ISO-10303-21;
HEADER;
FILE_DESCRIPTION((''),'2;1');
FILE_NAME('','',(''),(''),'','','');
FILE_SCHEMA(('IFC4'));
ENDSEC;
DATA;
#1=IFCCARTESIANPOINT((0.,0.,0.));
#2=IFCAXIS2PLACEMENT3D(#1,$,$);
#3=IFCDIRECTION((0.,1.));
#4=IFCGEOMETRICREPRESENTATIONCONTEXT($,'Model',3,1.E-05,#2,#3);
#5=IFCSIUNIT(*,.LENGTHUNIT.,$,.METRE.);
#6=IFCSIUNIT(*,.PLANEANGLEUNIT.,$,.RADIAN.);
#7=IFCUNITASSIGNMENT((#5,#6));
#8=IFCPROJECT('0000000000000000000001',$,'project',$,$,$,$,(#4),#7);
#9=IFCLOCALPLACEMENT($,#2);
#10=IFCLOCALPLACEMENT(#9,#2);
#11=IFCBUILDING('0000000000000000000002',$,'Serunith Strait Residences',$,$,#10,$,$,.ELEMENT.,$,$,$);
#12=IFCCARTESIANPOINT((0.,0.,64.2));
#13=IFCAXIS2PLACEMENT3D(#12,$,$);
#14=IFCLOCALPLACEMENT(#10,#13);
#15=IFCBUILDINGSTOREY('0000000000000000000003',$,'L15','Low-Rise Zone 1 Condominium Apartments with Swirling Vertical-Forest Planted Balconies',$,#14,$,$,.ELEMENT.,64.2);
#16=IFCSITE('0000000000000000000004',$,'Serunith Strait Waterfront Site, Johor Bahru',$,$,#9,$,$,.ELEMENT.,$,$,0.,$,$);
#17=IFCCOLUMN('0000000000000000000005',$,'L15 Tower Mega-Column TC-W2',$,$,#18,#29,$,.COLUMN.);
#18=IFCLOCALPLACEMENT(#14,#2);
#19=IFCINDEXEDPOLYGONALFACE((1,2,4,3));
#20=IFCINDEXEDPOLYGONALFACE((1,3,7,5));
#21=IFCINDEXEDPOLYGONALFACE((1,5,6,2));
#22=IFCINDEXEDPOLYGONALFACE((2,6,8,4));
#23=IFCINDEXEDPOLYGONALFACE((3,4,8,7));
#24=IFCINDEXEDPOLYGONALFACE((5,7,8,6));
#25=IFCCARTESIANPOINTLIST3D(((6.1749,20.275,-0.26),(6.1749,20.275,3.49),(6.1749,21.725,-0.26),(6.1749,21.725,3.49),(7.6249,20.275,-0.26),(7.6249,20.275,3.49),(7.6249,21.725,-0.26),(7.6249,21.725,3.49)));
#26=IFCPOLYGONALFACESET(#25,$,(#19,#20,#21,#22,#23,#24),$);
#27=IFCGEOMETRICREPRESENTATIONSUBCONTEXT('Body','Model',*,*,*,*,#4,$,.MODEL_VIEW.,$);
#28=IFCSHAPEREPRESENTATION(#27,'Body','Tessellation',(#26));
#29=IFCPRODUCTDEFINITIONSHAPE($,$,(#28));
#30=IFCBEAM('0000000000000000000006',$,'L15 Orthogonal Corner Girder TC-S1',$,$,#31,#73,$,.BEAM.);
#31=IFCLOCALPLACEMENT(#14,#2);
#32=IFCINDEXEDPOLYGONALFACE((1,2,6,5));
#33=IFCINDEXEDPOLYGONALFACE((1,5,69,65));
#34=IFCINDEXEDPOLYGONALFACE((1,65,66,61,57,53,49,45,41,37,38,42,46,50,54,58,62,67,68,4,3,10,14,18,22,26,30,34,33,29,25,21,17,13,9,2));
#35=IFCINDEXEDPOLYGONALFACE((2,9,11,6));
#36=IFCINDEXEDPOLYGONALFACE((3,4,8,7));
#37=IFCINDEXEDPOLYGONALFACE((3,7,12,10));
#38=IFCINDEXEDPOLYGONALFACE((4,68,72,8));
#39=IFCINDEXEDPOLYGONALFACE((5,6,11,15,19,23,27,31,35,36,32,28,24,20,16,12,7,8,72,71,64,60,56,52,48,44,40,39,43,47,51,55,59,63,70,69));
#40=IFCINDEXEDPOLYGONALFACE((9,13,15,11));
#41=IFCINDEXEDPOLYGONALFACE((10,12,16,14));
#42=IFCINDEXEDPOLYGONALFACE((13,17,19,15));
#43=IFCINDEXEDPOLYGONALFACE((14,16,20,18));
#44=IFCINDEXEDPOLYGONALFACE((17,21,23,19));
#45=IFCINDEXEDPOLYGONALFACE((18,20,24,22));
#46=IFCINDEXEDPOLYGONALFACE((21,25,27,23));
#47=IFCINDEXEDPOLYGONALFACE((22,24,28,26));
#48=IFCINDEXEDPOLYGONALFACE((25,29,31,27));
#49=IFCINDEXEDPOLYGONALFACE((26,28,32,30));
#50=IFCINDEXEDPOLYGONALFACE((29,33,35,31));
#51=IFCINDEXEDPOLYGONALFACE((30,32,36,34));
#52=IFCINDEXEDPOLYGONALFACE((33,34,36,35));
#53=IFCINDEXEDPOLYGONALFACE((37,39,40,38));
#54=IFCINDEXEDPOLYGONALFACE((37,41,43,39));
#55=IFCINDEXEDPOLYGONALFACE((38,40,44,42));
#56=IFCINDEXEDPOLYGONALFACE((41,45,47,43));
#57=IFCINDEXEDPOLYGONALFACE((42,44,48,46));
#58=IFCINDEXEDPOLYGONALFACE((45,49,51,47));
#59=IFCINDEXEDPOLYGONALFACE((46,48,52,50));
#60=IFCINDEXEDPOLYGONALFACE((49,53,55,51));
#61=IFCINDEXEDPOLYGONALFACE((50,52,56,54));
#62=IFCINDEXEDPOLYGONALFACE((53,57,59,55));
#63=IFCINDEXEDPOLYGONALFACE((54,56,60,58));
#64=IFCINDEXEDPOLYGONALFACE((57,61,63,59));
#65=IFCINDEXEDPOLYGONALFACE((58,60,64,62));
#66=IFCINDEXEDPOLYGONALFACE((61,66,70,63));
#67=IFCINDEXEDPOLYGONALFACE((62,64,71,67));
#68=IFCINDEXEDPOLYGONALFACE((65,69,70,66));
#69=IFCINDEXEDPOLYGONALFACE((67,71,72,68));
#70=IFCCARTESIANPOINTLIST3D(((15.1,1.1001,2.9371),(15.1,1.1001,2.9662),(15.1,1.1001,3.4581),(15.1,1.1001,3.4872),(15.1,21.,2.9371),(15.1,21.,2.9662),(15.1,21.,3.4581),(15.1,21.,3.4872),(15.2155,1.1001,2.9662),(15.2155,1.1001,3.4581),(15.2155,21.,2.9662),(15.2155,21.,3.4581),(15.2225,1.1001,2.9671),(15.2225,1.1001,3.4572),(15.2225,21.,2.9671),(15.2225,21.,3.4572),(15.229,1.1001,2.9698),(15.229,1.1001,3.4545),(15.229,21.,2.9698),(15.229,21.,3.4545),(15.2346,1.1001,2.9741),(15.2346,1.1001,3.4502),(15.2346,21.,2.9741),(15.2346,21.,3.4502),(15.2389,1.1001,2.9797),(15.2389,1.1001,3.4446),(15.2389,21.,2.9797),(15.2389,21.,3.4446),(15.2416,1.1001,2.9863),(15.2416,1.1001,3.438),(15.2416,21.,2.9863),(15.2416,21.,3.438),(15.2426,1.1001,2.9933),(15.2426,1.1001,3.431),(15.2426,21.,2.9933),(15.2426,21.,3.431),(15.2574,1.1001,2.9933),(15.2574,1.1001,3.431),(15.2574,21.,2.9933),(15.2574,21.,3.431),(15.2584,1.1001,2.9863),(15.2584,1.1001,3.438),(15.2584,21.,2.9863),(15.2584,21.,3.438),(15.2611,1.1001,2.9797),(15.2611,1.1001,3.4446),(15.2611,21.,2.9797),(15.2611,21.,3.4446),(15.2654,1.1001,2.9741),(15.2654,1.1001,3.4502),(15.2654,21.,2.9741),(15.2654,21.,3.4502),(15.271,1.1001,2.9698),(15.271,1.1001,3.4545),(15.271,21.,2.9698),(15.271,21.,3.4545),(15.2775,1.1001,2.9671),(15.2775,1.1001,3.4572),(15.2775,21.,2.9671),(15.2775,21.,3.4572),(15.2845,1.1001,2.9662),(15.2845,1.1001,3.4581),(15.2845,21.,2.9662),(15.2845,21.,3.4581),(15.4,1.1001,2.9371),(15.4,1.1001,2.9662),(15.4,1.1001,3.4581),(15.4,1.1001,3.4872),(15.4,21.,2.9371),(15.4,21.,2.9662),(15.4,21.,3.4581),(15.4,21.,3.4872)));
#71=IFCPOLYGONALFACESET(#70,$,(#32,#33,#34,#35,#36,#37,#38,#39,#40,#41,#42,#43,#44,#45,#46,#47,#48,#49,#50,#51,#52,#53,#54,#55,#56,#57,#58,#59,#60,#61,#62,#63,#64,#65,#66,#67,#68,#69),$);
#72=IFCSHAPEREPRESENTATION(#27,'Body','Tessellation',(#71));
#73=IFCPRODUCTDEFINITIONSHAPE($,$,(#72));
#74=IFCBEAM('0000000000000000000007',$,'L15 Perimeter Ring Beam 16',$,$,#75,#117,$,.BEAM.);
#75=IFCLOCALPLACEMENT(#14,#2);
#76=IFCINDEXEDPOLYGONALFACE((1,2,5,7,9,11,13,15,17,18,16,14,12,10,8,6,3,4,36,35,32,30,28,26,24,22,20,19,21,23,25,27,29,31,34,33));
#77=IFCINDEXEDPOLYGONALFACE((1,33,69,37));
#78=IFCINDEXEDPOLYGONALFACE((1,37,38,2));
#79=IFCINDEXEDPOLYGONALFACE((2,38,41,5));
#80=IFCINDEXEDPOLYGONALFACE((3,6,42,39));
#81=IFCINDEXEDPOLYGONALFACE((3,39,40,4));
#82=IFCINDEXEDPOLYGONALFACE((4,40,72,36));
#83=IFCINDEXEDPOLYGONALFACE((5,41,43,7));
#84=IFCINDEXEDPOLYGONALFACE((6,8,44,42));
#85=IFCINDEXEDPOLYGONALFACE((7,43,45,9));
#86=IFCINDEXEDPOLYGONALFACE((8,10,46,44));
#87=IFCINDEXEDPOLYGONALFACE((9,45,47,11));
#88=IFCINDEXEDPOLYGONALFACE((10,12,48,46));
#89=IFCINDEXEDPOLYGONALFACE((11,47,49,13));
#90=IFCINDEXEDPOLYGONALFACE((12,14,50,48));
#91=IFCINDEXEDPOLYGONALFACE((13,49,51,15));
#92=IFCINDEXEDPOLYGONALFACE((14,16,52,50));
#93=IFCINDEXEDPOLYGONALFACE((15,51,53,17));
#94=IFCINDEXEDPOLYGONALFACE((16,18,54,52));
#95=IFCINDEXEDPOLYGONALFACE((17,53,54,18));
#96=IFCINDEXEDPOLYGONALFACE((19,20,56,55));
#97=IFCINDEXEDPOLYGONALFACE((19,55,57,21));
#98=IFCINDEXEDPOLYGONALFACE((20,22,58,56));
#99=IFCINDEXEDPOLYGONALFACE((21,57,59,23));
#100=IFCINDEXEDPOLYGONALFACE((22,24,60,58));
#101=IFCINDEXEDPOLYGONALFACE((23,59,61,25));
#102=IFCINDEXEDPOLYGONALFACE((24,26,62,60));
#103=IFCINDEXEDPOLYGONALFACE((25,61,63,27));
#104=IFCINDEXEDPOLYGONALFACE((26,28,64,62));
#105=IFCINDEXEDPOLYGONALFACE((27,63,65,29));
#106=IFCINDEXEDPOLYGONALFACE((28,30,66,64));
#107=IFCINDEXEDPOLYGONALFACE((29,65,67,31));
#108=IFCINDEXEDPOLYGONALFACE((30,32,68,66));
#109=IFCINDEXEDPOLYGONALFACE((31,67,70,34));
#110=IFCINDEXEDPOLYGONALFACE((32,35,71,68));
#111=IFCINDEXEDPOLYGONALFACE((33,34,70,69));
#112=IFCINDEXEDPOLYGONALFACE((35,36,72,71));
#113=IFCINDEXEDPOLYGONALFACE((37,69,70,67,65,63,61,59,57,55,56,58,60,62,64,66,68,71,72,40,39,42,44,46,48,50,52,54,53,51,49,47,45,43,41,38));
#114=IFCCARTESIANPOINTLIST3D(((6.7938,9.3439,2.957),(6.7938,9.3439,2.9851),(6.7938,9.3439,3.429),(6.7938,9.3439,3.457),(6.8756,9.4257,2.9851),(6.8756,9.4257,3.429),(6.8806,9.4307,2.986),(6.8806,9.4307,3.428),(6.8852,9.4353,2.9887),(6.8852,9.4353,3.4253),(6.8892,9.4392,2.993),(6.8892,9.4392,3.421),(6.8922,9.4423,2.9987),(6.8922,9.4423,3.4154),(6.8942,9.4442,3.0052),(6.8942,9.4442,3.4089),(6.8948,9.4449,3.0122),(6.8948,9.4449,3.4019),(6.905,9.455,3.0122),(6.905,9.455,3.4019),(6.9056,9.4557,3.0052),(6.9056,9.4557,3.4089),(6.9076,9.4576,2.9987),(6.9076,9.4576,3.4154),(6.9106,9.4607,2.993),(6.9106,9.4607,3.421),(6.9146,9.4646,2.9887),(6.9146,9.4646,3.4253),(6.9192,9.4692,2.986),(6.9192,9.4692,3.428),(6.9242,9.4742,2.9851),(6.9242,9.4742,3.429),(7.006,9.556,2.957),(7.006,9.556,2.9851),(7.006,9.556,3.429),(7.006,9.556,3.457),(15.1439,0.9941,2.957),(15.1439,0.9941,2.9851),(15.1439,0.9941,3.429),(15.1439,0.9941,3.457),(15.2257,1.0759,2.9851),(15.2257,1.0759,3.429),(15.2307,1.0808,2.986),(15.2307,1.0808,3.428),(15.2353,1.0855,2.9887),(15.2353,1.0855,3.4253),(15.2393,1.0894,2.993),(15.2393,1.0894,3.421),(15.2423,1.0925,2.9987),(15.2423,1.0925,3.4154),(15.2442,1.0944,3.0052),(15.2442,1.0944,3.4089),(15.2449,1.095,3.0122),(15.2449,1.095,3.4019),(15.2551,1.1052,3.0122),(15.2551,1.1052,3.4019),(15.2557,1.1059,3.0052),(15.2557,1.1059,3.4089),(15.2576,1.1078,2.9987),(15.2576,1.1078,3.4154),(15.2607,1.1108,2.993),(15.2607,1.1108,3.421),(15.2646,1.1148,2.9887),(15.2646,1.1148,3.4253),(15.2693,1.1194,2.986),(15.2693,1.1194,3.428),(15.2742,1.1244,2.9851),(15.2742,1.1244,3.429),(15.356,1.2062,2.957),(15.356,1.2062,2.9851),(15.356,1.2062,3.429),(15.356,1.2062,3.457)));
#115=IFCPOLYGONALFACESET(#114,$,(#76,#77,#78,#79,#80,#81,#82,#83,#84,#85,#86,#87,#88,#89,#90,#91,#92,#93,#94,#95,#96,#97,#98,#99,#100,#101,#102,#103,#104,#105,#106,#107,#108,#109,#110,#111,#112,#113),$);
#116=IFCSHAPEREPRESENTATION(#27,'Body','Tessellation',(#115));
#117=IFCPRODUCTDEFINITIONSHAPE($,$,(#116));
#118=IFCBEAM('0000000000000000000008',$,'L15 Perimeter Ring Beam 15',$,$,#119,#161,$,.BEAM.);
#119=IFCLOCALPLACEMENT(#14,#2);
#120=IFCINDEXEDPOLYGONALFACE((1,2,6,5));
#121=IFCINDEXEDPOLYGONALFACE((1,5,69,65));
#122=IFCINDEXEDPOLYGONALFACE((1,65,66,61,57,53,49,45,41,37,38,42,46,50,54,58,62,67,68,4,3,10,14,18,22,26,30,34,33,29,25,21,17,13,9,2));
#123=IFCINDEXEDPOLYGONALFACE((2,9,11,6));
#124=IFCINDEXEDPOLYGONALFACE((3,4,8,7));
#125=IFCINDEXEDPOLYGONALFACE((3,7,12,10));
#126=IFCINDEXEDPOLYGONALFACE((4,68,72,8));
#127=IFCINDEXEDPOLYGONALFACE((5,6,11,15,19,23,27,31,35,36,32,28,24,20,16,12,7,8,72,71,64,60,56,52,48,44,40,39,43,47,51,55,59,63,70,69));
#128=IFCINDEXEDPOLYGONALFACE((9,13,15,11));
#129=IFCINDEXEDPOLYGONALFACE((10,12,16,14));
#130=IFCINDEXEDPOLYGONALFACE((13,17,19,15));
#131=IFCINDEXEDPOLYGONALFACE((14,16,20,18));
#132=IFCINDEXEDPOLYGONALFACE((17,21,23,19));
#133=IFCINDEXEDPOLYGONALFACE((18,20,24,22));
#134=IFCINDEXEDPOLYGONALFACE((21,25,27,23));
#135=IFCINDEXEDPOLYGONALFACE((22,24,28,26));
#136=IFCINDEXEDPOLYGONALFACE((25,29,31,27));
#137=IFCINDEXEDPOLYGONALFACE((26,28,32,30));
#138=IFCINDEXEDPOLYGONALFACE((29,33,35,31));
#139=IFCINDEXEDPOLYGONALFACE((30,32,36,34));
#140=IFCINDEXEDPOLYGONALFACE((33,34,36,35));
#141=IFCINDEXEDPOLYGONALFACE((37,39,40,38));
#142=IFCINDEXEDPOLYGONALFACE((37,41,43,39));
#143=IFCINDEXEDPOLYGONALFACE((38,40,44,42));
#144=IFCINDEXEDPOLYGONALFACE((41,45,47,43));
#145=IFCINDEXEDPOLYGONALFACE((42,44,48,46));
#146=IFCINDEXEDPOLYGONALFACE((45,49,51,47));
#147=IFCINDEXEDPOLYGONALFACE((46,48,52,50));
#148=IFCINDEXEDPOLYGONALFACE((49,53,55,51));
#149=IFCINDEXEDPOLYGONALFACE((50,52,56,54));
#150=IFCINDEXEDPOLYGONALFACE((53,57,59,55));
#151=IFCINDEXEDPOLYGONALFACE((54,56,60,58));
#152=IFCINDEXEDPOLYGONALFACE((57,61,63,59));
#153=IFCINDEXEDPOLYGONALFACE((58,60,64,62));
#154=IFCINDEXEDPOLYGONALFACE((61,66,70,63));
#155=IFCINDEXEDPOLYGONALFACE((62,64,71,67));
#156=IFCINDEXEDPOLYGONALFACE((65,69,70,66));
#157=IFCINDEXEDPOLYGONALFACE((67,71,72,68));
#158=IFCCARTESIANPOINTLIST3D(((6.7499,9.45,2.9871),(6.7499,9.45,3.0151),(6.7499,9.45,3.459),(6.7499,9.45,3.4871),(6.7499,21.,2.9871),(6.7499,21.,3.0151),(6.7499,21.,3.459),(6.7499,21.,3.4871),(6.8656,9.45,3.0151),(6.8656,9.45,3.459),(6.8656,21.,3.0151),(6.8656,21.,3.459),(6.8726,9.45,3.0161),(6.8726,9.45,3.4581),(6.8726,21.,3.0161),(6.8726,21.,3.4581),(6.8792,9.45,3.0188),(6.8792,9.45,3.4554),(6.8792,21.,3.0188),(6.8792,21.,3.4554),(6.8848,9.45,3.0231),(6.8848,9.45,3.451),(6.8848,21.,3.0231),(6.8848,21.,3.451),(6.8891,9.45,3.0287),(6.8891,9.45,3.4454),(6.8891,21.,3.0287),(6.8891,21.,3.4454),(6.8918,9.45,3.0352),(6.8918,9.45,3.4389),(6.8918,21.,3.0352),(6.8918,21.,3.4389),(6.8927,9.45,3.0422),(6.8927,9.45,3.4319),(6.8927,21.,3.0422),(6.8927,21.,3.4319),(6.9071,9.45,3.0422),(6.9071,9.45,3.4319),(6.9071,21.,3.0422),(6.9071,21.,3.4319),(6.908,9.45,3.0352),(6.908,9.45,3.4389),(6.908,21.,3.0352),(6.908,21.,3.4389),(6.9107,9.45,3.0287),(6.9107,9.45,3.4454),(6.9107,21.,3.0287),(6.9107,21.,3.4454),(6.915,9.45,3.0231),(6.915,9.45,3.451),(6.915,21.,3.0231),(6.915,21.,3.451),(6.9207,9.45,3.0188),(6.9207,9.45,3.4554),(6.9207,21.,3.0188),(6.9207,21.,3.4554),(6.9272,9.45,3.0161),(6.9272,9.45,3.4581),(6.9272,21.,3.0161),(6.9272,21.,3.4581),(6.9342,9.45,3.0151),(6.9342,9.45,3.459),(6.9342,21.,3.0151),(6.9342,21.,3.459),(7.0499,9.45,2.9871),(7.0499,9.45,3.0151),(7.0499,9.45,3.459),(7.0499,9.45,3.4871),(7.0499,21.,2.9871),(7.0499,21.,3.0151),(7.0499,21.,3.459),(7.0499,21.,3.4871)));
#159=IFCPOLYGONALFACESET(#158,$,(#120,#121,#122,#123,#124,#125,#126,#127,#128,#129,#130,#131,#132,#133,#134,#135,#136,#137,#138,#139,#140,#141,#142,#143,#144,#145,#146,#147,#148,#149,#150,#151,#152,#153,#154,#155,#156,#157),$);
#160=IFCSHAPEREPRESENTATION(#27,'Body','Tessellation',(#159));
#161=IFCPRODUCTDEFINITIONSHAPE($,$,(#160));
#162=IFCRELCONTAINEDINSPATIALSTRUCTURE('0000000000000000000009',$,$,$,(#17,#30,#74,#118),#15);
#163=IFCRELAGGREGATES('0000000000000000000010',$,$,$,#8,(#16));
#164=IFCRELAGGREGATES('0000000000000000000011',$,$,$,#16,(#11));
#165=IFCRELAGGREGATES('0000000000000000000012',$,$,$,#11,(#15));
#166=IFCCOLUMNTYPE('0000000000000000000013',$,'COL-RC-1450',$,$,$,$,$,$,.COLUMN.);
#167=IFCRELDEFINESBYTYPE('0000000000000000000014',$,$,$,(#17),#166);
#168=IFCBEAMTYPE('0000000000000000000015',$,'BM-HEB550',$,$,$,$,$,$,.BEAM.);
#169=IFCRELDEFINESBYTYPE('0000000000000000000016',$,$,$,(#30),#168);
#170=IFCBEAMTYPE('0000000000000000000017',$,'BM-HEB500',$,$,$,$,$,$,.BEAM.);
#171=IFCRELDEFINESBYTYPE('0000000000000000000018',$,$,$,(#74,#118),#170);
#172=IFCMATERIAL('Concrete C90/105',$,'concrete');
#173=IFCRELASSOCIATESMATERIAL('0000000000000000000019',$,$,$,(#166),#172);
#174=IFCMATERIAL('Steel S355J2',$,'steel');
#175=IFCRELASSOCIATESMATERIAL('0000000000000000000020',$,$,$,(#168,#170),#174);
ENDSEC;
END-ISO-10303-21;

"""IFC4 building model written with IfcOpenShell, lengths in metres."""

from ifc_helpers import new_model, si_unit, direction, frame, origin, origin_2d, place, context, subcontext, project, spatial, rectangle, i_section, extrude, source, transform, mapped, material, material_profile, profile_set, type_object, element, save


model = new_model("IFC4")

# Units and contexts
model_context = context("Model", 3, precision=1e-05, world=origin(), true_north=direction((0.0, 1.0)))
body_context = subcontext(model_context, "Body", "Model", "MODEL_VIEW")
ifc_project = project(units=[si_unit("LENGTHUNIT", "METRE"), si_unit("PLANEANGLEUNIT", "RADIAN")], contexts=[model_context])

# Site, building, storey
site_placement = place(None, origin())
site = spatial("IfcSite", under=ifc_project, at=site_placement, Name="Serunith Strait Waterfront Site, Johor Bahru", CompositionType="ELEMENT", RefElevation=0.0)
building_placement = place(site_placement, origin())
building = spatial("IfcBuilding", under=site, at=building_placement, Name="Serunith Strait Residences", CompositionType="ELEMENT")
storey_placement = place(building_placement, frame((0.0, 0.0, 64.2)))
storey = spatial("IfcBuildingStorey", under=building, at=storey_placement, Name="L15", Description="Low-Rise Zone 1 Condominium Apartments with Swirling Vertical-Forest Planted Balconies", CompositionType="ELEMENT", Elevation=64.2)

# Column
ifc_material_1 = material(Name="Concrete C90/105", Category="concrete")
ifc_material_profile_1 = material_profile(ifc_material_1, rectangle(XDim=1.45, YDim=1.45, at=origin_2d()), Name="RC 1450x1450")
ifc_profile_set_1 = profile_set([ifc_material_profile_1], Name="Concrete C90/105")
column_type = type_object("IfcColumnType", Name="COL-RC-1450", PredefinedType="COLUMN", material=ifc_profile_set_1)
shared_shape_1 = source(origin(), body_context, "Body", "SweptSolid", [
    extrude(rectangle(XDim=1.45, YDim=1.45, at=origin_2d()), origin(), (0.0, 0.0, 1.0), 3.75),
])
column_placement = place(storey_placement, frame((6.8999, 21.0, -0.26), z_axis=(0.0, 0.0, 1.0), x_axis=(1.0, 0.0, 0.0)))
element("IfcColumn", 1, at=column_placement, inside=storey, type_object=column_type, Name="L15 Tower Mega-Column TC-W2", PredefinedType="COLUMN", context=body_context, shape_type="MappedRepresentation", body=[
    mapped(shared_shape_1, transform((0.0, 0.0, 0.0), scale=1.0)),
])

# Beams
ifc_material_2 = material(Name="Steel S355J2", Category="steel")
ifc_material_profile_2 = material_profile(ifc_material_2, i_section(OverallWidth=0.3, OverallDepth=0.55, WebThickness=0.0149, FlangeThickness=0.0291, FilletRadius=0.0271, at=origin_2d()), Name="HEB 550")
ifc_profile_set_2 = profile_set([ifc_material_profile_2], Name="Steel S355J2")
beam_type_1 = type_object("IfcBeamType", Name="BM-HEB550", PredefinedType="BEAM", material=ifc_profile_set_2)
shared_shape_2 = source(origin(), body_context, "Body", "SweptSolid", [
    extrude(i_section(OverallWidth=0.3, OverallDepth=0.55, WebThickness=0.0149, FlangeThickness=0.0291, FilletRadius=0.0271, at=origin_2d()), origin(), (0.0, 0.0, 1.0), 19.8999),
])
beam_1_placement = place(storey_placement, frame((15.25, 21.0, 3.2122), z_axis=(0.0, -1.0, 0.0), x_axis=(1.0, 0.0, 0.0)))
element("IfcBeam", 2, at=beam_1_placement, inside=storey, type_object=beam_type_1, Name="L15 Orthogonal Corner Girder TC-S1", PredefinedType="BEAM", context=body_context, shape_type="MappedRepresentation", body=[
    mapped(shared_shape_2, transform((0.0, 0.0, 0.0), scale=1.0)),
])
ifc_material_profile_3 = material_profile(ifc_material_2, i_section(OverallWidth=0.3, OverallDepth=0.5, WebThickness=0.0144, FlangeThickness=0.0281, FilletRadius=0.0271, at=origin_2d()), Name="HEB 500")
ifc_profile_set_3 = profile_set([ifc_material_profile_3], Name="Steel S355J2")
beam_type_2 = type_object("IfcBeamType", Name="BM-HEB500", PredefinedType="BEAM", material=ifc_profile_set_3)
shared_shape_3 = source(origin(), body_context, "Body", "SweptSolid", [
    extrude(i_section(OverallWidth=0.3, OverallDepth=0.5, WebThickness=0.0144, FlangeThickness=0.0281, FilletRadius=0.0271, at=origin_2d()), origin(), (0.0, 0.0, 1.0), 11.8086),
])
beam_2_placement = place(storey_placement, frame((6.8999, 9.45, 3.207), z_axis=(0.707117, -0.707096, 0.0), x_axis=(0.707096, 0.707117, 0.0)))
element("IfcBeam", 3, at=beam_2_placement, inside=storey, type_object=beam_type_2, Name="L15 Perimeter Ring Beam 16", PredefinedType="BEAM", context=body_context, shape_type="MappedRepresentation", body=[
    mapped(shared_shape_3, transform((0.0, 0.0, 0.0), scale=1.0)),
])
shared_shape_4 = source(origin(), body_context, "Body", "SweptSolid", [
    extrude(i_section(OverallWidth=0.3, OverallDepth=0.5, WebThickness=0.0144, FlangeThickness=0.0281, FilletRadius=0.0271, at=origin_2d()), origin(), (0.0, 0.0, 1.0), 11.55),
])
beam_3_placement = place(storey_placement, frame((6.8999, 21.0, 3.2371), z_axis=(0.0, -1.0, 0.0), x_axis=(1.0, 0.0, 0.0)))
element("IfcBeam", 4, at=beam_3_placement, inside=storey, type_object=beam_type_2, Name="L15 Perimeter Ring Beam 15", PredefinedType="BEAM", context=body_context, shape_type="MappedRepresentation", body=[
    mapped(shared_shape_4, transform((0.0, 0.0, 0.0), scale=1.0)),
])

save(model, "model.ifc")
